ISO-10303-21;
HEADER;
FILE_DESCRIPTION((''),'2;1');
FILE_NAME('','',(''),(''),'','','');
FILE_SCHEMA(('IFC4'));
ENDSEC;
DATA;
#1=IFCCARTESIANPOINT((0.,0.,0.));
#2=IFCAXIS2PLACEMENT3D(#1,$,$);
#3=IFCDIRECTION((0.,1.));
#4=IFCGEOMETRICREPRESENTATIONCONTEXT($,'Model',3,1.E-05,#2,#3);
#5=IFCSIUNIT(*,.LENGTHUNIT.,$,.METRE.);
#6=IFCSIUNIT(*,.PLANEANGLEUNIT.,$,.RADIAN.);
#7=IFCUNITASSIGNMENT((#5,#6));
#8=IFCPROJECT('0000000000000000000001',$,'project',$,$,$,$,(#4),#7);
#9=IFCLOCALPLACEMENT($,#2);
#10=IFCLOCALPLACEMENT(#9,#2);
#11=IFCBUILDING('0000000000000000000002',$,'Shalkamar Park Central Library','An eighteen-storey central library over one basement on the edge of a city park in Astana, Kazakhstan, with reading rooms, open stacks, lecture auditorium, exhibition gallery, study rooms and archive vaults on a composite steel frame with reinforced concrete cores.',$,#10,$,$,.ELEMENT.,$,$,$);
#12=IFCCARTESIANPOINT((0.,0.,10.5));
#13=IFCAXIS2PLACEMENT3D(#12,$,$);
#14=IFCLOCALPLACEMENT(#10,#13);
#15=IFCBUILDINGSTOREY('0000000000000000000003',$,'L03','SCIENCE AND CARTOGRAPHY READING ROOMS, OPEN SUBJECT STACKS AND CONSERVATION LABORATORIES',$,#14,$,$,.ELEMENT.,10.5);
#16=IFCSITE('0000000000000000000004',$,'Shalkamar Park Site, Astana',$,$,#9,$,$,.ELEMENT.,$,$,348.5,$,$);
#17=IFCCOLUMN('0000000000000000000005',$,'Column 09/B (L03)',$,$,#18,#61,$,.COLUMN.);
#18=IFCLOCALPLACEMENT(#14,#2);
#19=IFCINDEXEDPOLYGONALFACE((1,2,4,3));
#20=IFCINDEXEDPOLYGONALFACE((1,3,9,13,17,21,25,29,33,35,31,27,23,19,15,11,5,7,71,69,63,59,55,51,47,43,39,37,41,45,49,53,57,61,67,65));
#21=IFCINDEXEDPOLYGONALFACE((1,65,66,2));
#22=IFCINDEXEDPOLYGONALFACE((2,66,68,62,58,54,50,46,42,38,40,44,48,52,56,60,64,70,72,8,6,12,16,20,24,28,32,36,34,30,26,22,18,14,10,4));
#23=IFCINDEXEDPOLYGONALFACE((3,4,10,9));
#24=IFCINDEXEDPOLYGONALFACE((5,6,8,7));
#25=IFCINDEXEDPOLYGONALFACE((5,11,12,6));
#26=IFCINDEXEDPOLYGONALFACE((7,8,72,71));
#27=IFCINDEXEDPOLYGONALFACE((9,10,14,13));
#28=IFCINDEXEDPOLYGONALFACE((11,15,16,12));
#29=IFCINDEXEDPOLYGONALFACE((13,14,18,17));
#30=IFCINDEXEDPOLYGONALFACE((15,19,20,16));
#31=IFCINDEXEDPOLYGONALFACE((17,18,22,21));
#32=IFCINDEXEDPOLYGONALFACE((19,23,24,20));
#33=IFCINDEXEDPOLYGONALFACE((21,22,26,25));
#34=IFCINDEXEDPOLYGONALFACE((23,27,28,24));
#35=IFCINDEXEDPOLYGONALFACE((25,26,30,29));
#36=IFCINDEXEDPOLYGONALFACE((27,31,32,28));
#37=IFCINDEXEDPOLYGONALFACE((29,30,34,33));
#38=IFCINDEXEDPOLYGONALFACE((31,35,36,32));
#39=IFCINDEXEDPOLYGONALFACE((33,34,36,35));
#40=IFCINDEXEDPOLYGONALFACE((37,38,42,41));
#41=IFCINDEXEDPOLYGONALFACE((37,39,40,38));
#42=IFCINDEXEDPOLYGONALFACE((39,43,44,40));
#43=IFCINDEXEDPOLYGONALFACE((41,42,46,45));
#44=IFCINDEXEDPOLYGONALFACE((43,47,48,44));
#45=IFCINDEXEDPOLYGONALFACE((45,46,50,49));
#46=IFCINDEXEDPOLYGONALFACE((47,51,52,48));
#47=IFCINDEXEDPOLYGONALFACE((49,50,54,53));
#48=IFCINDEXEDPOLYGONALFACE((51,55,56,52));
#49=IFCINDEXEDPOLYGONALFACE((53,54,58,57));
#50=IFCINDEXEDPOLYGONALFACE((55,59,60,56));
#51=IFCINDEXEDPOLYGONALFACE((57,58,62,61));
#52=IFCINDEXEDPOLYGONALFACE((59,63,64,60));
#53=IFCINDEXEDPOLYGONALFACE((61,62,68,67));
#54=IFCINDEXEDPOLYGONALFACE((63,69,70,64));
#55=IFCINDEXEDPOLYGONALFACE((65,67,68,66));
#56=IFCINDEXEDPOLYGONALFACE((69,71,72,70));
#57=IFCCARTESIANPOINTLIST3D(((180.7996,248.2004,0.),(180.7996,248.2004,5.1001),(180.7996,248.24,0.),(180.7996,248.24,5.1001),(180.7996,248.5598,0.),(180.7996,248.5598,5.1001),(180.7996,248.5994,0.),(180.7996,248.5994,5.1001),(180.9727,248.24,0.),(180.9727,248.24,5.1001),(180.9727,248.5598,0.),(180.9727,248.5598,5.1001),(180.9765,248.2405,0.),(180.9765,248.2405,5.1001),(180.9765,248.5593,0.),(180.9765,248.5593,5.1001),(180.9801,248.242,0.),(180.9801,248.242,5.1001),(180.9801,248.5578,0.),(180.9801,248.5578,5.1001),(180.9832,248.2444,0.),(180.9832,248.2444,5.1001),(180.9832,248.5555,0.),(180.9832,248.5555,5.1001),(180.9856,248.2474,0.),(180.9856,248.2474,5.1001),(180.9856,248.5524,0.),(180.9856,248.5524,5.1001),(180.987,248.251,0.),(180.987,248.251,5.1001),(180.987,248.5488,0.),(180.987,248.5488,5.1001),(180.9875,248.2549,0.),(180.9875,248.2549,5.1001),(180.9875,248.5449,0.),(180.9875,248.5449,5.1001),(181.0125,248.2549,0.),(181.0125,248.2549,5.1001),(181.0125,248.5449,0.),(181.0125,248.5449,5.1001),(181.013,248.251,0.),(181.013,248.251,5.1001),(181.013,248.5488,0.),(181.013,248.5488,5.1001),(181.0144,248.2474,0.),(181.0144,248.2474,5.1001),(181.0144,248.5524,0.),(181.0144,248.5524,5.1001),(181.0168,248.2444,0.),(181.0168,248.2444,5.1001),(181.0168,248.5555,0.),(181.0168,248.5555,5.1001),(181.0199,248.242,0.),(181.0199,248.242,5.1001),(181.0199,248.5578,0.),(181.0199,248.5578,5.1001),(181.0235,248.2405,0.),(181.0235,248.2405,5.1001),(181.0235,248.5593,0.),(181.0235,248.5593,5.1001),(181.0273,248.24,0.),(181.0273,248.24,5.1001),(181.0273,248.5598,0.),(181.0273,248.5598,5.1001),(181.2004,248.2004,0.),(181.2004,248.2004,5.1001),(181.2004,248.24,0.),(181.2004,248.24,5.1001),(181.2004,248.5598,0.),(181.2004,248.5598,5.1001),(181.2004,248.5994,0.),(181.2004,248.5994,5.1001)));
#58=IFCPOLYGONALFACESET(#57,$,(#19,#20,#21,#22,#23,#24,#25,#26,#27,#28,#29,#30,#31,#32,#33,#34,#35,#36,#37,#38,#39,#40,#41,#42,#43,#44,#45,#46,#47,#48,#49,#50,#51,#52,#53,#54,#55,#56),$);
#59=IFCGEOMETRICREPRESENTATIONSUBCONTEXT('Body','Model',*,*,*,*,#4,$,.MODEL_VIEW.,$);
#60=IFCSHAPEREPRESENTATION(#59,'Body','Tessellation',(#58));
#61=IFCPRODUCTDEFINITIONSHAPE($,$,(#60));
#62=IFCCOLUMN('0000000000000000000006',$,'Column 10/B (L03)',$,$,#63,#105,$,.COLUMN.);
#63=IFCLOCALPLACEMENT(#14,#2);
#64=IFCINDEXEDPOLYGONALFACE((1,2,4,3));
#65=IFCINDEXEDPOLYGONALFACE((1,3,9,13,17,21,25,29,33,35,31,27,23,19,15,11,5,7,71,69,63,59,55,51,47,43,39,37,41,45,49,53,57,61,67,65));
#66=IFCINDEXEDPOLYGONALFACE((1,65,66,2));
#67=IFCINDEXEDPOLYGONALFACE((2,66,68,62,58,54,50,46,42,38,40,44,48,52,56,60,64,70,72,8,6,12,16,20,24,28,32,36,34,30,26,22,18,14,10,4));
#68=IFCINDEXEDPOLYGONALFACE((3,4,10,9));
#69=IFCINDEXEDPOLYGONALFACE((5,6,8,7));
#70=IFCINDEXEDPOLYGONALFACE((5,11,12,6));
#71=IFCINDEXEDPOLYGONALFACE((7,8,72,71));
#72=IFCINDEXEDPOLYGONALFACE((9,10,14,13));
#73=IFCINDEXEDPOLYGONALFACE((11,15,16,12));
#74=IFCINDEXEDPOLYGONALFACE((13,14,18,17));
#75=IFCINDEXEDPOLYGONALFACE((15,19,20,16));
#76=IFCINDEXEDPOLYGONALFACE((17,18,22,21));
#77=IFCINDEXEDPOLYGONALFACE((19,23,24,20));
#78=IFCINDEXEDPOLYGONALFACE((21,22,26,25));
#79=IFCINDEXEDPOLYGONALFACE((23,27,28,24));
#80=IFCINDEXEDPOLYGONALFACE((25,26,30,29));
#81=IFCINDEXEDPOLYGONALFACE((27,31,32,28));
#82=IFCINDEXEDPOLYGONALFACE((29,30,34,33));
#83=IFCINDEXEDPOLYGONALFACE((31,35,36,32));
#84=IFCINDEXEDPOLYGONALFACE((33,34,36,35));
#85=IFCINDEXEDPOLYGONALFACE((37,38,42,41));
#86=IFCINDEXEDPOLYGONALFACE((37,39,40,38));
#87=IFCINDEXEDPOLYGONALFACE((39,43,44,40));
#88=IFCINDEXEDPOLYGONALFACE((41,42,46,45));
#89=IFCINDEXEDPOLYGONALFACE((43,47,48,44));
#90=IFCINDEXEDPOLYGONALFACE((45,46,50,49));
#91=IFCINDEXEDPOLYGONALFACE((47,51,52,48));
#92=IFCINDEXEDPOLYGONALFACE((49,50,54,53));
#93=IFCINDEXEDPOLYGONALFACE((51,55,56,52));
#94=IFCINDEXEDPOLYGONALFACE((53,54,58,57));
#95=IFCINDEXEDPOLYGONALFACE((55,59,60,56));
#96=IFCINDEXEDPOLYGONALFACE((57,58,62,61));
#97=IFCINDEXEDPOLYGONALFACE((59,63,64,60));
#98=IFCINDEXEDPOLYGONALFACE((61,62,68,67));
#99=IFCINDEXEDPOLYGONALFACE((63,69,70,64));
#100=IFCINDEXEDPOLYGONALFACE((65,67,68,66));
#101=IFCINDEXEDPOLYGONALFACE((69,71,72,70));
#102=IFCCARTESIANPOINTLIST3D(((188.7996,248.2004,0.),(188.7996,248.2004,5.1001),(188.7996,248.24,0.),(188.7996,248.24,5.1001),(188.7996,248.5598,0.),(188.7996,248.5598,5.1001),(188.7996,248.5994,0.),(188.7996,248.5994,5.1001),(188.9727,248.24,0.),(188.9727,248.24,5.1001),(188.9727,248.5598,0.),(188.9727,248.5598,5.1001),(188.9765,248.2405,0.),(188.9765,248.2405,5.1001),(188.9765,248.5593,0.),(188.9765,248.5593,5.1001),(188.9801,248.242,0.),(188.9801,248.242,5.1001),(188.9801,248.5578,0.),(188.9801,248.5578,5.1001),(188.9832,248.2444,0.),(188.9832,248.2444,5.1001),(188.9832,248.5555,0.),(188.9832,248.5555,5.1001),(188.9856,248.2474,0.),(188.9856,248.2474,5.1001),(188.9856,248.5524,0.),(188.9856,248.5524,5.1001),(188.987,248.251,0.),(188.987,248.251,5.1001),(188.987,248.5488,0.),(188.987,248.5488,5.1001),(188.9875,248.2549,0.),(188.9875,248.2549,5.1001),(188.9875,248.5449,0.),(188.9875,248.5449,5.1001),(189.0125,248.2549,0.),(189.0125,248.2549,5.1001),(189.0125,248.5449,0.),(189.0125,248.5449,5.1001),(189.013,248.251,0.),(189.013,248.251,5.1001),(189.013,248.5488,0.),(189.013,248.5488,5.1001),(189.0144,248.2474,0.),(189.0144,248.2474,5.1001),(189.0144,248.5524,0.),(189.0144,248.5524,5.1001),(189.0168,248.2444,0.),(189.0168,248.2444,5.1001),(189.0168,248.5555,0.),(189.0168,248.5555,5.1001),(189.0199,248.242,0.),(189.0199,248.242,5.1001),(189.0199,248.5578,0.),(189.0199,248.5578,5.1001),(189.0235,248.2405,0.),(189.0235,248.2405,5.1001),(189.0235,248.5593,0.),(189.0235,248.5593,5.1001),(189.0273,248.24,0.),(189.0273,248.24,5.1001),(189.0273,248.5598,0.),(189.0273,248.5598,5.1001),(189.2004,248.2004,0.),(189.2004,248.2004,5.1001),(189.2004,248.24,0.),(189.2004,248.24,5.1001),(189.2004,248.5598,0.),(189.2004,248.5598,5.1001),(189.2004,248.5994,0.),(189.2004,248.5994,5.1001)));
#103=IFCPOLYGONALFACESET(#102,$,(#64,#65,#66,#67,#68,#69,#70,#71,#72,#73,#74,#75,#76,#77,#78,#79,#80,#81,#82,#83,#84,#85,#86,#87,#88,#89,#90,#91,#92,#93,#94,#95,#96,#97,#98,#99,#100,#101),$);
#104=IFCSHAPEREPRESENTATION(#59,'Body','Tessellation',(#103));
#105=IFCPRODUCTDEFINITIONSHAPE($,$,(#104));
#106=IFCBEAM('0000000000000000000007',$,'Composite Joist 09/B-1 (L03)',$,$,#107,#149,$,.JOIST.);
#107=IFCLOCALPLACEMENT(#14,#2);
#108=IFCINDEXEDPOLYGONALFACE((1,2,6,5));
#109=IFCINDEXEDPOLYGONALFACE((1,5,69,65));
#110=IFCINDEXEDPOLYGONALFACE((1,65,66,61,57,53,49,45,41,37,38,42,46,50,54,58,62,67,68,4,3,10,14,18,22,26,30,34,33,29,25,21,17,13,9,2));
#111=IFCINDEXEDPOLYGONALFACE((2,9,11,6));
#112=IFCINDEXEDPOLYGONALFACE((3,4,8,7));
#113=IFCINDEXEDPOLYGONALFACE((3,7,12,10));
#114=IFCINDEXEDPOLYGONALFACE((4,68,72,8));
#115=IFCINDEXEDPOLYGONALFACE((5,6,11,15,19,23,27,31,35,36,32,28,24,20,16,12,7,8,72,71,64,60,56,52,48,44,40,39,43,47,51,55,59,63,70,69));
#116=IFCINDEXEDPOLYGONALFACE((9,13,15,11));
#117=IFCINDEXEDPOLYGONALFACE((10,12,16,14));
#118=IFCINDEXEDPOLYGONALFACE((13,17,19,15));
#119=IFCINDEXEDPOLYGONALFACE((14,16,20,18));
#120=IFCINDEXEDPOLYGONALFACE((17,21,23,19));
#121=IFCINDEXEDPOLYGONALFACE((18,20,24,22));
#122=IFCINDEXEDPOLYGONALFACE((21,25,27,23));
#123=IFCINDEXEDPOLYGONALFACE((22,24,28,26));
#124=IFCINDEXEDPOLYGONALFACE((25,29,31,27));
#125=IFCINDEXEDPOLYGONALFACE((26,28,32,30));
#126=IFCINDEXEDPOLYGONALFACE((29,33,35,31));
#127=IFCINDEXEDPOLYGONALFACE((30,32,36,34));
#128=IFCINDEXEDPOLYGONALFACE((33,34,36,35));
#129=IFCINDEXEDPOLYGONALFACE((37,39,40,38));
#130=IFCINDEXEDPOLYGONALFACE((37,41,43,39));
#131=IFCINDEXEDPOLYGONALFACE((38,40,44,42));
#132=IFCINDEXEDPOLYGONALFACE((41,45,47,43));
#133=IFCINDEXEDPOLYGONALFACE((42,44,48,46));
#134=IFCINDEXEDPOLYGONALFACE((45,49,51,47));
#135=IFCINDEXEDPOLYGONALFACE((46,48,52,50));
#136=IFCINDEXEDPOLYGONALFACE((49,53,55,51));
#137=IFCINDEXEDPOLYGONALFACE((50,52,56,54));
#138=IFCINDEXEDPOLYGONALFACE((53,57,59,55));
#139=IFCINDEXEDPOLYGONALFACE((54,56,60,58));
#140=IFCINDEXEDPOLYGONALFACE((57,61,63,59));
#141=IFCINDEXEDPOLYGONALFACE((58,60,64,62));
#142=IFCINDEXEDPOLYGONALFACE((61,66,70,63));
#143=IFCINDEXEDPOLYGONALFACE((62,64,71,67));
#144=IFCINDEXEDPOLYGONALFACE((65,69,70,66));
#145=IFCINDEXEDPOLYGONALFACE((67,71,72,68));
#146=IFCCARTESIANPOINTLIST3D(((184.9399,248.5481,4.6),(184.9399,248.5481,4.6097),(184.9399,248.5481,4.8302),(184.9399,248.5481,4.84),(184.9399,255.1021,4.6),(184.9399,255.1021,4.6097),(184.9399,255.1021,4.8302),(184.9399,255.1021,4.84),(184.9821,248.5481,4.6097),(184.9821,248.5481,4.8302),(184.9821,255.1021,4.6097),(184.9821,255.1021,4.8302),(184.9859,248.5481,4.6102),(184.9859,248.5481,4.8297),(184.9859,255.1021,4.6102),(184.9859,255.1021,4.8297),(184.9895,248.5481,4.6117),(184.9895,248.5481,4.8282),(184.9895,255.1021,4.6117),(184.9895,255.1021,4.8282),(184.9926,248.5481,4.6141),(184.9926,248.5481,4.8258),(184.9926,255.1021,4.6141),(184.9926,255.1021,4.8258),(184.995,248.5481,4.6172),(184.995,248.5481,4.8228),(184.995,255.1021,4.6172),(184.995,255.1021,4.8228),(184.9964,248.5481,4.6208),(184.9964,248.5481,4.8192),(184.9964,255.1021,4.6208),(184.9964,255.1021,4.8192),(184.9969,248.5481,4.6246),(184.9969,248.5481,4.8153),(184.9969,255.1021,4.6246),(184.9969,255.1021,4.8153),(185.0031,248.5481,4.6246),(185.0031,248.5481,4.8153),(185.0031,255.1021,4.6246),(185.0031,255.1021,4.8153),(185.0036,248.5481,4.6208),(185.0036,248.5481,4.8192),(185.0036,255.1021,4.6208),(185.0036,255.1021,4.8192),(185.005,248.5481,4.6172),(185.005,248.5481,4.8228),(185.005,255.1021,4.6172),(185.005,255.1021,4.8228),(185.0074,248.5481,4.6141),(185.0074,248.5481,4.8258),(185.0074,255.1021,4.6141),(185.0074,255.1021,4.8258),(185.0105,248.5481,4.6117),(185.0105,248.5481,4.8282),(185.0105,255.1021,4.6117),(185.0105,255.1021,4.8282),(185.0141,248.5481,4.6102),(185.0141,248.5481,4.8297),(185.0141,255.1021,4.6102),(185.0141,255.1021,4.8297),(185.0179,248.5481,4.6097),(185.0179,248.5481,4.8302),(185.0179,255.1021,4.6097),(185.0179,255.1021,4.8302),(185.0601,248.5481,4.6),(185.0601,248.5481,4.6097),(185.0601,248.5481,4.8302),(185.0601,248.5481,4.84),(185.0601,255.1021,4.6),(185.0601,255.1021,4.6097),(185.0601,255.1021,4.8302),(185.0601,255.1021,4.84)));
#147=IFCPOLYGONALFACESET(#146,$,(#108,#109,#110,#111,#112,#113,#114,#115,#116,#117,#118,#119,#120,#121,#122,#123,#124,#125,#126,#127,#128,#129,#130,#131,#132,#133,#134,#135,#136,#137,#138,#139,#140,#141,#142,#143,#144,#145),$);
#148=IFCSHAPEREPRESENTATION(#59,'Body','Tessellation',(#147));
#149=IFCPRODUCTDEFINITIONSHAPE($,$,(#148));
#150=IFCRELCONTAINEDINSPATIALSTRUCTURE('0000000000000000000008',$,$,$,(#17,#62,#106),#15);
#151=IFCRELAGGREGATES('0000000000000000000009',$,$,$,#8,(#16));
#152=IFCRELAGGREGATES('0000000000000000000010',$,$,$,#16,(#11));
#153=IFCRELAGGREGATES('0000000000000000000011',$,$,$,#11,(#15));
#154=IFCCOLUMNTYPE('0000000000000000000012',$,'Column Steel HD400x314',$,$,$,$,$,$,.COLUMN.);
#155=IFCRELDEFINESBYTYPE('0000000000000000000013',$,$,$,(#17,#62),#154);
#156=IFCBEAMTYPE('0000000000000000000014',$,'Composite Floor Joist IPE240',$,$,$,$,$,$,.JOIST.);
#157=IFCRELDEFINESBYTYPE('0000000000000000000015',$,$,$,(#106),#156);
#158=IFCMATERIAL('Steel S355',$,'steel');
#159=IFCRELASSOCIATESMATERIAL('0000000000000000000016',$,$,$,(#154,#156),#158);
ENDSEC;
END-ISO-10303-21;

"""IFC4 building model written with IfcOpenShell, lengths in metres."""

from ifc_helpers import new_model, si_unit, direction, frame, origin, origin_2d, place, context, subcontext, project, spatial, i_section, extrude, material, material_profile, profile_set, type_object, element, save


model = new_model("IFC4")

# Units and contexts
model_context = context("Model", 3, precision=1e-05, world=origin(), true_north=direction((0.0, 1.0)))
body_context = subcontext(model_context, "Body", "Model", "MODEL_VIEW")
ifc_project = project(units=[si_unit("LENGTHUNIT", "METRE"), si_unit("PLANEANGLEUNIT", "RADIAN")], contexts=[model_context])

# Site, building, storey
site_placement = place(None, origin())
site = spatial("IfcSite", under=ifc_project, at=site_placement, Name="Shalkamar Park Site, Astana", CompositionType="ELEMENT", RefElevation=348.5)
building_placement = place(site_placement, origin())
building = spatial("IfcBuilding", under=site, at=building_placement, Name="Shalkamar Park Central Library", Description="An eighteen-storey central library over one basement on the edge of a city park in Astana, Kazakhstan, with reading rooms, open stacks, lecture auditorium, exhibition gallery, study rooms and archive vaults on a composite steel frame with reinforced concrete cores.", CompositionType="ELEMENT")
storey_placement = place(building_placement, frame((0.0, 0.0, 10.5)))
storey = spatial("IfcBuildingStorey", under=building, at=storey_placement, Name="L03", Description="SCIENCE AND CARTOGRAPHY READING ROOMS, OPEN SUBJECT STACKS AND CONSERVATION LABORATORIES", CompositionType="ELEMENT", Elevation=10.5)

# Columns
ifc_material_1 = material(Name="Steel S355", Category="steel")
ifc_material_profile_1 = material_profile(ifc_material_1, i_section(OverallWidth=0.4009, OverallDepth=0.3989, WebThickness=0.0249, FlangeThickness=0.0396, FilletRadius=0.0149, at=origin_2d()), Name="HD 400x314")
ifc_profile_set_1 = profile_set([ifc_material_profile_1], Name="Steel S355")
column_type = type_object("IfcColumnType", Name="Column Steel HD400x314", PredefinedType="COLUMN", material=ifc_profile_set_1)
for number, where, z_axis, x_axis, name in (
    (1, (181.0, 248.3999, 0.0), (0.0, 0.0, 1.0), (1.0, 0.0, 0.0), "Column 09/B (L03)"),
    (2, (189.0, 248.3999, 0.0), (0.0, 0.0, 1.0), (1.0, 0.0, 0.0), "Column 10/B (L03)"),
):
    element("IfcColumn", number, at=place(storey_placement, frame(where, z_axis=z_axis, x_axis=x_axis)), inside=storey, type_object=column_type, Name=name, PredefinedType="COLUMN", context=body_context, shape_type="SweptSolid", body=[
        extrude(i_section(OverallWidth=0.4009, OverallDepth=0.3989, WebThickness=0.0249, FlangeThickness=0.0396, FilletRadius=0.0149, at=origin_2d()), origin(), (0.0, 0.0, 1.0), 5.1001),
    ])

# Beam
ifc_material_profile_2 = material_profile(ifc_material_1, i_section(OverallWidth=0.1201, OverallDepth=0.24, WebThickness=0.0061, FlangeThickness=0.0098, FilletRadius=0.0149, at=origin_2d()), Name="IPE 240")
ifc_profile_set_2 = profile_set([ifc_material_profile_2], Name="Steel S355")
beam_type_1 = type_object("IfcBeamType", Name="Composite Floor Joist IPE240", PredefinedType="JOIST", material=ifc_profile_set_2)
beam_placement = place(storey_placement, frame((185.0, 248.5481, 4.72), z_axis=(0.0, 1.0, 0.0), x_axis=(-1.0, 0.0, 0.0)))
element("IfcBeam", 3, at=beam_placement, inside=storey, type_object=beam_type_1, Name="Composite Joist 09/B-1 (L03)", PredefinedType="JOIST", context=body_context, shape_type="SweptSolid", body=[
    extrude(i_section(OverallWidth=0.1201, OverallDepth=0.24, WebThickness=0.0061, FlangeThickness=0.0098, FilletRadius=0.0149, at=origin_2d()), origin(), (0.0, 0.0, 1.0), 6.554),
])

save(model, "model.ifc")
